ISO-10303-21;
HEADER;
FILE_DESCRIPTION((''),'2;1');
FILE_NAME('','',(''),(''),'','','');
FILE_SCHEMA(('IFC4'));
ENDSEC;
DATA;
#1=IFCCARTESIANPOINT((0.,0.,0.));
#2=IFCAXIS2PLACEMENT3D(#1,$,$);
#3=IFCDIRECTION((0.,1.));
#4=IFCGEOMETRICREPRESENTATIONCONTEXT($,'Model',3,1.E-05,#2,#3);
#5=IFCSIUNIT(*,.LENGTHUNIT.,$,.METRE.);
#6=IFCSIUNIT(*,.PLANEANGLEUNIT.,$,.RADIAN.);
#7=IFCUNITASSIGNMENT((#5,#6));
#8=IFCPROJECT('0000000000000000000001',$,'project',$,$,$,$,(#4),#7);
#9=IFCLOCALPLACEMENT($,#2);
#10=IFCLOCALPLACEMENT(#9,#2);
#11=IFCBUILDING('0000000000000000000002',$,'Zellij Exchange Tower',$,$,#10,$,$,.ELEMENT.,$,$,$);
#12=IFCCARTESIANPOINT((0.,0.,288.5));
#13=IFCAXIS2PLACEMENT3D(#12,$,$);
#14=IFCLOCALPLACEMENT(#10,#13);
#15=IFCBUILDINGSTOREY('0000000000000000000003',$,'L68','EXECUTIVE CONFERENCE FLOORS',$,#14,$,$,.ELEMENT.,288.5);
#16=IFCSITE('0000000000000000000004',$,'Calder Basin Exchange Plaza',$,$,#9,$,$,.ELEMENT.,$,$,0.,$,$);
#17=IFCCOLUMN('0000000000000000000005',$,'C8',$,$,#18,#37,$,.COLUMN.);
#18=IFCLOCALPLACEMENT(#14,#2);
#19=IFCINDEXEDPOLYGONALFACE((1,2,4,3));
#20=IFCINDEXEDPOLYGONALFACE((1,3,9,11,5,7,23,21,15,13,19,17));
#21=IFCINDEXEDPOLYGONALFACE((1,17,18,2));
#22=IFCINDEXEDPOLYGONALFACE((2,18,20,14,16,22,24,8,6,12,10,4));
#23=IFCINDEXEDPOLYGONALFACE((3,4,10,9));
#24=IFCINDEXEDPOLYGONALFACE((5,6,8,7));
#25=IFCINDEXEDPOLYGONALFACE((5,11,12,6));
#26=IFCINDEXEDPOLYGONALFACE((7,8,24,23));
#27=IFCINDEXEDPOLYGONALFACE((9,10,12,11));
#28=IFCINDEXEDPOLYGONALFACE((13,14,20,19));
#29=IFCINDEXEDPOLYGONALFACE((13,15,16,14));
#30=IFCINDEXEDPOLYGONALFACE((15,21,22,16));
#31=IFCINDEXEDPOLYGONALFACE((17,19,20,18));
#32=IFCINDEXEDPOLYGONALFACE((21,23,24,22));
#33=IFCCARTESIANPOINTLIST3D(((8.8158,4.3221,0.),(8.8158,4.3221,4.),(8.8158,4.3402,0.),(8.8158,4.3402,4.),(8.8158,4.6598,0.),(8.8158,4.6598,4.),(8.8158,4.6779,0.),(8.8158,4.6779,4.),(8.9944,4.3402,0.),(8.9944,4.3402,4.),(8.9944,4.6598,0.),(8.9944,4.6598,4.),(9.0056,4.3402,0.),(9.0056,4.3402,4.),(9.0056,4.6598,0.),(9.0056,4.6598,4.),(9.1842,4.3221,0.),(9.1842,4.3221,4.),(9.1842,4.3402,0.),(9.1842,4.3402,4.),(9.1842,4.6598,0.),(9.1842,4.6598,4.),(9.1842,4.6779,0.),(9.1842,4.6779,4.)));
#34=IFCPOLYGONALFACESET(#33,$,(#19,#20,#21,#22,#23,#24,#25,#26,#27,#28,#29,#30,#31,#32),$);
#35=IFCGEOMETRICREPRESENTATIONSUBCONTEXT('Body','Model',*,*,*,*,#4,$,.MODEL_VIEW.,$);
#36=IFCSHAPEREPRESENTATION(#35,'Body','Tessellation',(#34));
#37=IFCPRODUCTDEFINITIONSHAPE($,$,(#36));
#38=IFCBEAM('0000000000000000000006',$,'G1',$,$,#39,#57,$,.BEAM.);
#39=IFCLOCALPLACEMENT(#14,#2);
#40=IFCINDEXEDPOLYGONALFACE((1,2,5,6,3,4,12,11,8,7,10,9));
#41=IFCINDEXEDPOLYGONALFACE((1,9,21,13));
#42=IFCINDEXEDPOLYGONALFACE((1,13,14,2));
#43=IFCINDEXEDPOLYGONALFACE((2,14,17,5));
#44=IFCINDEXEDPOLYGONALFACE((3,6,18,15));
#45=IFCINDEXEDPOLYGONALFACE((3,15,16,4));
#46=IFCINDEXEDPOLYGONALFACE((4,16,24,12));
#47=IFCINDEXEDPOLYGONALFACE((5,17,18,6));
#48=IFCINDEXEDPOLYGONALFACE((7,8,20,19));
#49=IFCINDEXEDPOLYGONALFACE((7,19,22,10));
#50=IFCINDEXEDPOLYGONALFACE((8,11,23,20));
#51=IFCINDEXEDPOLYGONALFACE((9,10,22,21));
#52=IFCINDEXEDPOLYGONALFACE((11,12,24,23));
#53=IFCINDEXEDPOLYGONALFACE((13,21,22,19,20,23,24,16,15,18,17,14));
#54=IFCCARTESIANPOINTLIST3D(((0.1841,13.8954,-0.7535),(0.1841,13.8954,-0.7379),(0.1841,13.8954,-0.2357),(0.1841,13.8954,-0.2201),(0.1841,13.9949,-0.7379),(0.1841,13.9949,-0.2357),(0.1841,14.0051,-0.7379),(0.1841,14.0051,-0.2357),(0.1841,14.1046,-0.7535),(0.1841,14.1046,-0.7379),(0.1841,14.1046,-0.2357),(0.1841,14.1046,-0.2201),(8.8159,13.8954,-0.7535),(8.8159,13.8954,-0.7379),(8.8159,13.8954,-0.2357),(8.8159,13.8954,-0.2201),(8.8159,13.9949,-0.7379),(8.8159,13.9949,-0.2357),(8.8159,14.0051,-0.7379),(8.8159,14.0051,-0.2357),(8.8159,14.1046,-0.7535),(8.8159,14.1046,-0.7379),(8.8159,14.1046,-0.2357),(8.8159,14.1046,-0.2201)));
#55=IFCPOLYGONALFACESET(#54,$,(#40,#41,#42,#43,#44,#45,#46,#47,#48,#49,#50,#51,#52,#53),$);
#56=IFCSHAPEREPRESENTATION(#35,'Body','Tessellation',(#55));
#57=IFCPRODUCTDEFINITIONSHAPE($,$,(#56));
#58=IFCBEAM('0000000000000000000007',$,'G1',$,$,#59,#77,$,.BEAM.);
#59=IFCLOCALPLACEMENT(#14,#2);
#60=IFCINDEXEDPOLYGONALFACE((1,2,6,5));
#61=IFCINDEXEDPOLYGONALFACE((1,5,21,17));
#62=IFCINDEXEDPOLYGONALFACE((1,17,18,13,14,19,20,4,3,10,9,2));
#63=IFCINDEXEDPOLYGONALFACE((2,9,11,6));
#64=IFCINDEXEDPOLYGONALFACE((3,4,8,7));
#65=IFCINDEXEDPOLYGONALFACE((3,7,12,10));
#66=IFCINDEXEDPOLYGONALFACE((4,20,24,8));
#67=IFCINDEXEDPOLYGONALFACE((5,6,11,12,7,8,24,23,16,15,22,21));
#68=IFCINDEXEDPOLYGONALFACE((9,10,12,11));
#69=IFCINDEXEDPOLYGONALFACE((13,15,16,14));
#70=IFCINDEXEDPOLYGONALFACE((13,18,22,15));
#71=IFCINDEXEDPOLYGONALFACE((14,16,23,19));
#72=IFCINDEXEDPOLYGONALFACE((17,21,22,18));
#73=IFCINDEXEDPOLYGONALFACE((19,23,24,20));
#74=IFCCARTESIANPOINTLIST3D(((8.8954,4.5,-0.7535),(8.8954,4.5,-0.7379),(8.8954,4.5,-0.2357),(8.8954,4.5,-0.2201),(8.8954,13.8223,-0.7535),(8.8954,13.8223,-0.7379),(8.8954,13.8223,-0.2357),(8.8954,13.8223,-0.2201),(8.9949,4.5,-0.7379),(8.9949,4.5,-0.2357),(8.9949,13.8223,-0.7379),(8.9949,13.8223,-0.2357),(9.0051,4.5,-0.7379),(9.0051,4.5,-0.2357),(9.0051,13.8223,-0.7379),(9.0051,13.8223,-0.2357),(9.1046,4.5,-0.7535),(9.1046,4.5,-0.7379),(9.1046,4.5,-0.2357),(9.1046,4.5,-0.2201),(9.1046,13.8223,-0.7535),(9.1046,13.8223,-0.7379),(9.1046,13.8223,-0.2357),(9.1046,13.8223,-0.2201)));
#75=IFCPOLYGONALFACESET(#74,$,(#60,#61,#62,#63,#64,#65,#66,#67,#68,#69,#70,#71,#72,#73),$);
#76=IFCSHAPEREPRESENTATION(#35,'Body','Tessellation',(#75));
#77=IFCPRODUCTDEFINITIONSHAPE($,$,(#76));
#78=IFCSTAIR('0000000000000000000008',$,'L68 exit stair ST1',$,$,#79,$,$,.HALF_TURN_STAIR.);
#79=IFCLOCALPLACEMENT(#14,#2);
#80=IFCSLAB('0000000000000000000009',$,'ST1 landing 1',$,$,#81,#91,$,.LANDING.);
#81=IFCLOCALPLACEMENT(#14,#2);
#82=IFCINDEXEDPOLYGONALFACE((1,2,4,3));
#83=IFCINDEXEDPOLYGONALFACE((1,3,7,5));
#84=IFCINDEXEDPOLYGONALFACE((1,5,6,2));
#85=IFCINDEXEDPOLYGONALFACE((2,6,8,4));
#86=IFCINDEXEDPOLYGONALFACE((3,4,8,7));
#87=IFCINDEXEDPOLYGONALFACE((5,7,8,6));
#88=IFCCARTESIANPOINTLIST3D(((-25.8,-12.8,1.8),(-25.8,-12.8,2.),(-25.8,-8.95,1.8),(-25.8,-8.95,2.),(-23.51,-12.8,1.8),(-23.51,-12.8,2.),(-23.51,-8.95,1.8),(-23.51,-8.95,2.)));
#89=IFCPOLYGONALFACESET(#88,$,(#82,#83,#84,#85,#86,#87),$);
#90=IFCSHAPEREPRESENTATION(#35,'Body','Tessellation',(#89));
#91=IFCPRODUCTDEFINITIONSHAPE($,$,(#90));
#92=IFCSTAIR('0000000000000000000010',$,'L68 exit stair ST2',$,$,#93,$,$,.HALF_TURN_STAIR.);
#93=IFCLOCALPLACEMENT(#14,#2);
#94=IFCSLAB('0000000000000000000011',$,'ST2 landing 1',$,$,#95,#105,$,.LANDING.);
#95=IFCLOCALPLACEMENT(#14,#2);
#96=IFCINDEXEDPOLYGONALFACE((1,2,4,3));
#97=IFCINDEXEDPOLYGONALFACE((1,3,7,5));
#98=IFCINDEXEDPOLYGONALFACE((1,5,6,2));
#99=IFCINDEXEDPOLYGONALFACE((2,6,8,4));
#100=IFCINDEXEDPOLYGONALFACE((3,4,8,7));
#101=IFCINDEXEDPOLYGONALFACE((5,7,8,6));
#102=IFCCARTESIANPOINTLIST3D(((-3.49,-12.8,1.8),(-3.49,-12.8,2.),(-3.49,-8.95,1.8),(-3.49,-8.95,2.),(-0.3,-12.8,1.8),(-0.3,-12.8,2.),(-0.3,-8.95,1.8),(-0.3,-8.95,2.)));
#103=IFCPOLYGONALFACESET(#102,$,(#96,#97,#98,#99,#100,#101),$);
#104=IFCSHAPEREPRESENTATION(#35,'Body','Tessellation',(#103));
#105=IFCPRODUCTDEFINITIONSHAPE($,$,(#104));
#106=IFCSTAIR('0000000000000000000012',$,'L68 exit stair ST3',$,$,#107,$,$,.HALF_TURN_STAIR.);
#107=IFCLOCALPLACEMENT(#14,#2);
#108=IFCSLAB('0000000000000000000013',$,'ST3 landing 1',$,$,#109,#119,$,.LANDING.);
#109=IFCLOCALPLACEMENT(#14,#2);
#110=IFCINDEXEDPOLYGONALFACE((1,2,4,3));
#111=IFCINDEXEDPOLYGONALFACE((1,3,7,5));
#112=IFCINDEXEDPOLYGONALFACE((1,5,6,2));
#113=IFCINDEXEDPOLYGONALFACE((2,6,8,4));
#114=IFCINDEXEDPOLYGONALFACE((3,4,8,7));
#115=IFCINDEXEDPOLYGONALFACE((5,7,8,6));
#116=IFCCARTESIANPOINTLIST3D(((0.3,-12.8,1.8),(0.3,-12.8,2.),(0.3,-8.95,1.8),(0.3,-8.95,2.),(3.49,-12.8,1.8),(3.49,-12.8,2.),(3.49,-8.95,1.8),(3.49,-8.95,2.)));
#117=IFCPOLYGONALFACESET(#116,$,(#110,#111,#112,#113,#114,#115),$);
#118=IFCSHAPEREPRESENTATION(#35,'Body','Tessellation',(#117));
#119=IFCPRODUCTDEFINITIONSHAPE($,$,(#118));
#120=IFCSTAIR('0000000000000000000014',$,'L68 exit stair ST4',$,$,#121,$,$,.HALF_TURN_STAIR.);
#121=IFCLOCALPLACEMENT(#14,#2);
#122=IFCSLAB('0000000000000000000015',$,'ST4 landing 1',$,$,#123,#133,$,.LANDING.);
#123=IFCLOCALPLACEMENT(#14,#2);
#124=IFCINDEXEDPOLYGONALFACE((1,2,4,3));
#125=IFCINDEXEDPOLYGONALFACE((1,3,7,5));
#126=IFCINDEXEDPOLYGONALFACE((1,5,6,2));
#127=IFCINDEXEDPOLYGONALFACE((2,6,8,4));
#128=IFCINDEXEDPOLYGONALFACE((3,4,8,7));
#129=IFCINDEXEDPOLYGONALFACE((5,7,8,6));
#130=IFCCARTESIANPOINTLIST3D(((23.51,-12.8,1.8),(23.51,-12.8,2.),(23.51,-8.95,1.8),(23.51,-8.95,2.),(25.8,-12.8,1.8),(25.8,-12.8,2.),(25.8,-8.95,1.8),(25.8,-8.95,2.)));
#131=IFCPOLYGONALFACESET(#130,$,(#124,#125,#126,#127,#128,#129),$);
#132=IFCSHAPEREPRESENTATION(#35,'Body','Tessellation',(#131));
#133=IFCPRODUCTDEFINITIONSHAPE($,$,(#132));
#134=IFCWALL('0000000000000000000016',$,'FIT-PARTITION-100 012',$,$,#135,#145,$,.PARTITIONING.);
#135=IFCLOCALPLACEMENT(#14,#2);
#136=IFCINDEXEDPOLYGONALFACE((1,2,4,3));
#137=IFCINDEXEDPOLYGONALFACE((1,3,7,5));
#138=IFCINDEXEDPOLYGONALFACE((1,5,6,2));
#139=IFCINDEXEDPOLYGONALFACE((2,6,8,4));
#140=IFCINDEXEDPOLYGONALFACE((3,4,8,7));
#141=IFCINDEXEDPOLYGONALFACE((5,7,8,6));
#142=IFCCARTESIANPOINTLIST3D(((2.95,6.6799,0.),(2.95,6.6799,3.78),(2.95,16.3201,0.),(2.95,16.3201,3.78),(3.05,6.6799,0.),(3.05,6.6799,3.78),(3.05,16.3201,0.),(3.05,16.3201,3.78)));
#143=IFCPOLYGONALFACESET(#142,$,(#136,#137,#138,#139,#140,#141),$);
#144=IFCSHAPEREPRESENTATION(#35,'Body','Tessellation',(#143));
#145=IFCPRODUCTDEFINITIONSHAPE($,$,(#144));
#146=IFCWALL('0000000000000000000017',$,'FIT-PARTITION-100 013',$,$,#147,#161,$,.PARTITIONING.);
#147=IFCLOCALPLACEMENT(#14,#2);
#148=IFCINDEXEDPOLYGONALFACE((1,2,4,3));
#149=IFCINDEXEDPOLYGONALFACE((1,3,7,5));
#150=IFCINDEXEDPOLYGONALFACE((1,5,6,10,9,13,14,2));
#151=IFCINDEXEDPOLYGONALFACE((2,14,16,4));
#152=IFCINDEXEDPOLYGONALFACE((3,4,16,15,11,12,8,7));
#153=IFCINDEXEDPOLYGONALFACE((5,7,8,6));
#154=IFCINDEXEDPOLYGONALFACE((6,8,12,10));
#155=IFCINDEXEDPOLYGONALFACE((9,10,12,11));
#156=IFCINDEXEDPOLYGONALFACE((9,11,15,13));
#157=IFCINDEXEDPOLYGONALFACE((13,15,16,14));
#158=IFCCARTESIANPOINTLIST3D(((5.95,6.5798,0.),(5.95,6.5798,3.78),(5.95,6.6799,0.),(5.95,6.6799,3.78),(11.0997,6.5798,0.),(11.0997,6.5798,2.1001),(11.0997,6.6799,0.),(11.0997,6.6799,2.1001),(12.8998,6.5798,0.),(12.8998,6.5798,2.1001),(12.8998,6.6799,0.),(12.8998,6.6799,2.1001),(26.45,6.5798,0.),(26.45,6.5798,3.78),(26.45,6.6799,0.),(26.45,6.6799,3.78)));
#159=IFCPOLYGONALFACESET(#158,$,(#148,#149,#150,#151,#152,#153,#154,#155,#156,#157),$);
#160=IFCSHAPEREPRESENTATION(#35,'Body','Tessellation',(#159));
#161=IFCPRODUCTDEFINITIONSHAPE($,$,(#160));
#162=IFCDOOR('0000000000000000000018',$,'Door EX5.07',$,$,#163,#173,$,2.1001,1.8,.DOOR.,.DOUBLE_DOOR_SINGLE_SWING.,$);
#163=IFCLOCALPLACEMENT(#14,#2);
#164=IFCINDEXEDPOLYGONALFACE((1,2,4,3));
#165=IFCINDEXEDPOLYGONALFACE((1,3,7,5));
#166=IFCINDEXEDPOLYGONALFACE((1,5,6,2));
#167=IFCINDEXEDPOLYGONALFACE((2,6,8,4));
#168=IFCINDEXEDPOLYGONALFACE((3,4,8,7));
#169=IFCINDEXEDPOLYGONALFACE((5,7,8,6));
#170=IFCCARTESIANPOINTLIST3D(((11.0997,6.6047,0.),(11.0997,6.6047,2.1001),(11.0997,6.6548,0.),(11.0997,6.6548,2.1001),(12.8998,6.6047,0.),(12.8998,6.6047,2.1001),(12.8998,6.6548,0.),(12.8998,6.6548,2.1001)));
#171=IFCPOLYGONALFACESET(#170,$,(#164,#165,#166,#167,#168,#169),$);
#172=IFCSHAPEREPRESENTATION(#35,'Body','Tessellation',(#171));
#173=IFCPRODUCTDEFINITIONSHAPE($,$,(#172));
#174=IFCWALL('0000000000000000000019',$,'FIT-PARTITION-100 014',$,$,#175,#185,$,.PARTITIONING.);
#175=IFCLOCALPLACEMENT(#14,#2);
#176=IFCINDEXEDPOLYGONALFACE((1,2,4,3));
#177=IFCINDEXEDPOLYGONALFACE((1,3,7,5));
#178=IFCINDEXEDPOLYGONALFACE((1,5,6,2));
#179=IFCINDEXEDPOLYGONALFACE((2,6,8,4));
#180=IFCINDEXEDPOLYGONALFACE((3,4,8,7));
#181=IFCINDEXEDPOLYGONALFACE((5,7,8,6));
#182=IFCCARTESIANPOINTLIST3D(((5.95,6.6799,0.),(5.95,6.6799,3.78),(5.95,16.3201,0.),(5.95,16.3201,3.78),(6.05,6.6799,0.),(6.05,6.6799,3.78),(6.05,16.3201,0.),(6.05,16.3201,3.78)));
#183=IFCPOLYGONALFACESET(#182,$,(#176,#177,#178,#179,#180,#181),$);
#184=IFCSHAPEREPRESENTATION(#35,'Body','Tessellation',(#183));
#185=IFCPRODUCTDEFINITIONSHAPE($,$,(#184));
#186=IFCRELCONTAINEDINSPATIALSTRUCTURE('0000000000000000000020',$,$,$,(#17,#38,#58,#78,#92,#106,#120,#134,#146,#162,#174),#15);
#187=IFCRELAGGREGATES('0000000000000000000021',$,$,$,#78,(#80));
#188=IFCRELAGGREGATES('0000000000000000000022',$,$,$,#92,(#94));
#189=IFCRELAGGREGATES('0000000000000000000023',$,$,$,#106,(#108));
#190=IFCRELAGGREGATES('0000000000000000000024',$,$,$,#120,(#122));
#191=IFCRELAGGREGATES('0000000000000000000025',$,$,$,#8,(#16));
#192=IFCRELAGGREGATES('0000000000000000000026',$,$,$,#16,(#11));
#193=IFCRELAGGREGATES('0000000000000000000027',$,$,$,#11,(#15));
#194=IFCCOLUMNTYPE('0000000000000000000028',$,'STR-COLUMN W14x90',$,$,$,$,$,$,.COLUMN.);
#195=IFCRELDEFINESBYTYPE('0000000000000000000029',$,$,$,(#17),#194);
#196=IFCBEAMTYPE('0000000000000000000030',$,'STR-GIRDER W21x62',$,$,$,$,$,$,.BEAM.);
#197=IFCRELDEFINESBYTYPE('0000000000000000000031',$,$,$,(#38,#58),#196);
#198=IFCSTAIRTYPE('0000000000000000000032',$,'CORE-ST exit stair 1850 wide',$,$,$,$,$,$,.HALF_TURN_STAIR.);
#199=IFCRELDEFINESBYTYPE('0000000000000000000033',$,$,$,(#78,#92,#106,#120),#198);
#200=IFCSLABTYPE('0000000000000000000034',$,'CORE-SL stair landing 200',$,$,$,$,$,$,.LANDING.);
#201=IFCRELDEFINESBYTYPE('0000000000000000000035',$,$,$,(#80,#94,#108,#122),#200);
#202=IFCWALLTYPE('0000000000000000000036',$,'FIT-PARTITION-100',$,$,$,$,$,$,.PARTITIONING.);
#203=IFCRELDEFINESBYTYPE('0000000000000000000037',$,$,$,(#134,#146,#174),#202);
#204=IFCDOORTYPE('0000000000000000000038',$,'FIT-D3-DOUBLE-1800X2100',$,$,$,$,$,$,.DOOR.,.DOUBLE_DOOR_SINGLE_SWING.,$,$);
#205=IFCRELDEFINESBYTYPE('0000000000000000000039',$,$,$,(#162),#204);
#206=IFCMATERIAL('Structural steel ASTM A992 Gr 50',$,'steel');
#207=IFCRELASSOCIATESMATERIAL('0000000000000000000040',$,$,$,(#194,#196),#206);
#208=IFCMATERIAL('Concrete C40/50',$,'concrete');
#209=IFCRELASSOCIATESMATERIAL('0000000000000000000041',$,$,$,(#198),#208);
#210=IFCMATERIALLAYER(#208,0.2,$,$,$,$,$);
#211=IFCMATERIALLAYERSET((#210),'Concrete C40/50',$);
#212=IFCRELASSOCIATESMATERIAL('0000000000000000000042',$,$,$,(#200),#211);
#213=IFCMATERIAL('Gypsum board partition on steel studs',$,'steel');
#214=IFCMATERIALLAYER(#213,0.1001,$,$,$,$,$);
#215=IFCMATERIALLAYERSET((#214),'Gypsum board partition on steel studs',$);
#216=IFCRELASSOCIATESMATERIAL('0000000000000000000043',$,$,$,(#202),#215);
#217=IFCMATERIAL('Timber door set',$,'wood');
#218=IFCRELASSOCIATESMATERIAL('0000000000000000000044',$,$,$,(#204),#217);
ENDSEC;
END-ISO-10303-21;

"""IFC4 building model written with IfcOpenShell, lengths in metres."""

from ifc_helpers import new_model, si_unit, direction, frame, frame_2d, origin, origin_2d, place, context, subcontext, project, spatial, polyline, rectangle, i_section, outline, extrude, material, layer, layer_set, material_profile, profile_set, type_object, element, fill, aggregate, save


model = new_model("IFC4")

# Units and contexts
model_context = context("Model", 3, precision=1e-05, world=origin(), true_north=direction((0.0, 1.0)))
body_context = subcontext(model_context, "Body", "Model", "MODEL_VIEW")
ifc_project = project(units=[si_unit("LENGTHUNIT", "METRE"), si_unit("PLANEANGLEUNIT", "RADIAN")], contexts=[model_context])

# Site, building, storey
site_placement = place(None, origin())
site = spatial("IfcSite", under=ifc_project, at=site_placement, Name="Calder Basin Exchange Plaza", CompositionType="ELEMENT", RefElevation=0.0)
building_placement = place(site_placement, origin())
building = spatial("IfcBuilding", under=site, at=building_placement, Name="Zellij Exchange Tower", CompositionType="ELEMENT")
storey_placement = place(building_placement, frame((0.0, 0.0, 288.5)))
storey = spatial("IfcBuildingStorey", under=building, at=storey_placement, Name="L68", Description="EXECUTIVE CONFERENCE FLOORS", CompositionType="ELEMENT", Elevation=288.5)

# Column
ifc_material_1 = material(Name="Structural steel ASTM A992 Gr 50", Category="steel")
ifc_material_profile_1 = material_profile(ifc_material_1, i_section(OverallWidth=0.3684, OverallDepth=0.3557, WebThickness=0.0112, FlangeThickness=0.0181, at=origin_2d()), Name="W14x90")
ifc_profile_set_1 = profile_set([ifc_material_profile_1], Name="Structural steel ASTM A992 Gr 50")
column_type = type_object("IfcColumnType", Name="STR-COLUMN W14x90", PredefinedType="COLUMN", material=ifc_profile_set_1)
column_placement = place(storey_placement, frame((9.0, 4.5, 0.0), z_axis=(0.0, 0.0, 1.0), x_axis=(1.0, 0.0, 0.0)))
element("IfcColumn", 1, at=column_placement, inside=storey, type_object=column_type, Name="C8", PredefinedType="COLUMN", context=body_context, shape_type="SweptSolid", body=[
    extrude(i_section(OverallWidth=0.3684, OverallDepth=0.3557, WebThickness=0.0112, FlangeThickness=0.0181, at=origin_2d()), origin(), (0.0, 0.0, 1.0), 4.0),
])

# Beams
ifc_material_profile_2 = material_profile(ifc_material_1, i_section(OverallWidth=0.2092, OverallDepth=0.5334, WebThickness=0.0103, FlangeThickness=0.0156, at=origin_2d()), Name="W21x62")
ifc_profile_set_2 = profile_set([ifc_material_profile_2], Name="Structural steel ASTM A992 Gr 50")
beam_type = type_object("IfcBeamType", Name="STR-GIRDER W21x62", PredefinedType="BEAM", material=ifc_profile_set_2)
beam_1_placement = place(storey_placement, frame((0.1841, 14.0, -0.4868), z_axis=(1.0, 0.0, 0.0), x_axis=(0.0, 1.0, 0.0)))
element("IfcBeam", 2, at=beam_1_placement, inside=storey, type_object=beam_type, Name="G1", PredefinedType="BEAM", context=body_context, shape_type="SweptSolid", body=[
    extrude(i_section(OverallWidth=0.2092, OverallDepth=0.5334, WebThickness=0.0103, FlangeThickness=0.0156, at=origin_2d()), origin(), (0.0, 0.0, 1.0), 8.6318),
])
beam_2_placement = place(storey_placement, frame((9.0, 4.5, -0.4868), z_axis=(0.0, 1.0, 0.0), x_axis=(-1.0, 0.0, 0.0)))
element("IfcBeam", 3, at=beam_2_placement, inside=storey, type_object=beam_type, Name="G1", PredefinedType="BEAM", context=body_context, shape_type="SweptSolid", body=[
    extrude(i_section(OverallWidth=0.2092, OverallDepth=0.5334, WebThickness=0.0103, FlangeThickness=0.0156, at=origin_2d()), origin(), (0.0, 0.0, 1.0), 9.3223),
])

# Stairs, slabs
ifc_material_2 = material(Name="Concrete C40/50", Category="concrete")
stair_type = type_object("IfcStairType", Name="CORE-ST exit stair 1850 wide", PredefinedType="HALF_TURN_STAIR", material=ifc_material_2)
stair_1_placement = place(storey_placement, origin())
stair_1 = element("IfcStair", 4, at=stair_1_placement, inside=storey, type_object=stair_type, Name="L68 exit stair ST1", PredefinedType="HALF_TURN_STAIR")
ifc_layer_1 = layer(ifc_material_2, 0.2)
ifc_layer_set_1 = layer_set([ifc_layer_1], Name="Concrete C40/50")
slab_type = type_object("IfcSlabType", Name="CORE-SL stair landing 200", PredefinedType="LANDING", material=ifc_layer_set_1)
slab_1_placement = place(storey_placement, frame((0.0, 0.0, 1.8)))
slab_1 = element("IfcSlab", 5, at=slab_1_placement, type_object=slab_type, Name="ST1 landing 1", PredefinedType="LANDING", context=body_context, shape_type="SweptSolid", body=[
    extrude(outline(polyline([(-23.51, -8.95), (-25.8, -8.95), (-25.8, -12.8), (-23.51, -12.8), (-23.51, -8.95)])), origin(), (0.0, 0.0, 1.0), 0.2),
])
aggregate(stair_1, [slab_1])
stair_2_placement = place(storey_placement, origin())
stair_2 = element("IfcStair", 6, at=stair_2_placement, inside=storey, type_object=stair_type, Name="L68 exit stair ST2", PredefinedType="HALF_TURN_STAIR")
slab_2_placement = place(storey_placement, frame((0.0, 0.0, 1.8)))
slab_2 = element("IfcSlab", 7, at=slab_2_placement, type_object=slab_type, Name="ST2 landing 1", PredefinedType="LANDING", context=body_context, shape_type="SweptSolid", body=[
    extrude(outline(polyline([(-3.49, -12.8), (-0.3, -12.8), (-0.3, -8.95), (-3.49, -8.95), (-3.49, -12.8)])), origin(), (0.0, 0.0, 1.0), 0.2),
])
aggregate(stair_2, [slab_2])
stair_3_placement = place(storey_placement, origin())
stair_3 = element("IfcStair", 8, at=stair_3_placement, inside=storey, type_object=stair_type, Name="L68 exit stair ST3", PredefinedType="HALF_TURN_STAIR")
slab_3_placement = place(storey_placement, frame((0.0, 0.0, 1.8)))
slab_3 = element("IfcSlab", 9, at=slab_3_placement, type_object=slab_type, Name="ST3 landing 1", PredefinedType="LANDING", context=body_context, shape_type="SweptSolid", body=[
    extrude(outline(polyline([(3.49, -8.95), (0.3, -8.95), (0.3, -12.8), (3.49, -12.8), (3.49, -8.95)])), origin(), (0.0, 0.0, 1.0), 0.2),
])
aggregate(stair_3, [slab_3])
stair_4_placement = place(storey_placement, origin())
stair_4 = element("IfcStair", 10, at=stair_4_placement, inside=storey, type_object=stair_type, Name="L68 exit stair ST4", PredefinedType="HALF_TURN_STAIR")
slab_4_placement = place(storey_placement, frame((0.0, 0.0, 1.8)))
slab_4 = element("IfcSlab", 11, at=slab_4_placement, type_object=slab_type, Name="ST4 landing 1", PredefinedType="LANDING", context=body_context, shape_type="SweptSolid", body=[
    extrude(outline(polyline([(23.51, -12.8), (25.8, -12.8), (25.8, -8.95), (23.51, -8.95), (23.51, -12.8)])), origin(), (0.0, 0.0, 1.0), 0.2),
])
aggregate(stair_4, [slab_4])

# Wall
ifc_material_3 = material(Name="Gypsum board partition on steel studs", Category="steel")
ifc_layer_2 = layer(ifc_material_3, 0.1001)
ifc_layer_set_2 = layer_set([ifc_layer_2], Name="Gypsum board partition on steel studs")
wall_type = type_object("IfcWallType", Name="FIT-PARTITION-100", PredefinedType="PARTITIONING", material=ifc_layer_set_2)
wall_1_placement = place(storey_placement, frame((3.0, 6.6799, 0.0), z_axis=(0.0, 0.0, 1.0), x_axis=(0.0, 1.0, 0.0)))
element("IfcWall", 12, at=wall_1_placement, inside=storey, type_object=wall_type, Name="FIT-PARTITION-100 012", PredefinedType="PARTITIONING", context=body_context, shape_type="SweptSolid", body=[
    extrude(rectangle(XDim=9.6401, YDim=0.1001, at=frame_2d((4.8201, 0.0))), origin(), (0.0, 0.0, 1.0), 3.78),
])

# Wall, opening, door
wall_2_placement = place(storey_placement, frame((5.95, 6.6299, 0.0), z_axis=(0.0, 0.0, 1.0), x_axis=(1.0, 0.0, 0.0)))
wall_2 = element("IfcWall", 13, at=wall_2_placement, inside=storey, type_object=wall_type, Name="FIT-PARTITION-100 013", PredefinedType="PARTITIONING", context=body_context, shape_type="SweptSolid", body=[
    extrude(rectangle(XDim=20.5, YDim=0.1001, at=frame_2d((10.25, 0.0))), origin(), (0.0, 0.0, 1.0), 3.78),
])
opening_1_placement = place(wall_2_placement, frame((5.1499, 0.0, 0.0)))
opening_1 = element("IfcOpeningElement", 14, at=opening_1_placement, cuts=wall_2, PredefinedType="OPENING", context=body_context, shape_type="SweptSolid", body=[
    extrude(rectangle(XDim=1.8, YDim=2.1001, at=frame_2d((0.8999, 1.05))), frame((0.0, 0.062, 0.0), z_axis=(0.0, -1.0, 0.0), x_axis=(1.0, 0.0, 0.0)), (0.0, 0.0, 1.0), 0.124),
])
ifc_material_4 = material(Name="Timber door set", Category="wood")
door_type_1 = type_object("IfcDoorType", Name="FIT-D3-DOUBLE-1800X2100", OperationType="DOUBLE_DOOR_SINGLE_SWING", PredefinedType="DOOR", material=ifc_material_4)
door_1_placement = place(opening_1_placement, origin())
door_1 = element("IfcDoor", 15, at=door_1_placement, inside=storey, type_object=door_type_1, Name="Door EX5.07", OperationType="DOUBLE_DOOR_SINGLE_SWING", OverallHeight=2.1001, OverallWidth=1.8, PredefinedType="DOOR", context=body_context, shape_type="SweptSolid", body=[
    extrude(rectangle(XDim=1.8, YDim=2.1001, at=frame_2d((0.8999, 1.05))), frame((0.0, 0.0249, 0.0), z_axis=(0.0, -1.0, 0.0), x_axis=(1.0, 0.0, 0.0)), (0.0, 0.0, 1.0), 0.05),
])
fill(opening_1, door_1)

# Wall
wall_3_placement = place(storey_placement, frame((6.0, 6.6799, 0.0), z_axis=(0.0, 0.0, 1.0), x_axis=(0.0, 1.0, 0.0)))
element("IfcWall", 16, at=wall_3_placement, inside=storey, type_object=wall_type, Name="FIT-PARTITION-100 014", PredefinedType="PARTITIONING", context=body_context, shape_type="SweptSolid", body=[
    extrude(rectangle(XDim=9.6401, YDim=0.1001, at=frame_2d((4.8201, 0.0))), origin(), (0.0, 0.0, 1.0), 3.78),
])

save(model, "model.ifc")
